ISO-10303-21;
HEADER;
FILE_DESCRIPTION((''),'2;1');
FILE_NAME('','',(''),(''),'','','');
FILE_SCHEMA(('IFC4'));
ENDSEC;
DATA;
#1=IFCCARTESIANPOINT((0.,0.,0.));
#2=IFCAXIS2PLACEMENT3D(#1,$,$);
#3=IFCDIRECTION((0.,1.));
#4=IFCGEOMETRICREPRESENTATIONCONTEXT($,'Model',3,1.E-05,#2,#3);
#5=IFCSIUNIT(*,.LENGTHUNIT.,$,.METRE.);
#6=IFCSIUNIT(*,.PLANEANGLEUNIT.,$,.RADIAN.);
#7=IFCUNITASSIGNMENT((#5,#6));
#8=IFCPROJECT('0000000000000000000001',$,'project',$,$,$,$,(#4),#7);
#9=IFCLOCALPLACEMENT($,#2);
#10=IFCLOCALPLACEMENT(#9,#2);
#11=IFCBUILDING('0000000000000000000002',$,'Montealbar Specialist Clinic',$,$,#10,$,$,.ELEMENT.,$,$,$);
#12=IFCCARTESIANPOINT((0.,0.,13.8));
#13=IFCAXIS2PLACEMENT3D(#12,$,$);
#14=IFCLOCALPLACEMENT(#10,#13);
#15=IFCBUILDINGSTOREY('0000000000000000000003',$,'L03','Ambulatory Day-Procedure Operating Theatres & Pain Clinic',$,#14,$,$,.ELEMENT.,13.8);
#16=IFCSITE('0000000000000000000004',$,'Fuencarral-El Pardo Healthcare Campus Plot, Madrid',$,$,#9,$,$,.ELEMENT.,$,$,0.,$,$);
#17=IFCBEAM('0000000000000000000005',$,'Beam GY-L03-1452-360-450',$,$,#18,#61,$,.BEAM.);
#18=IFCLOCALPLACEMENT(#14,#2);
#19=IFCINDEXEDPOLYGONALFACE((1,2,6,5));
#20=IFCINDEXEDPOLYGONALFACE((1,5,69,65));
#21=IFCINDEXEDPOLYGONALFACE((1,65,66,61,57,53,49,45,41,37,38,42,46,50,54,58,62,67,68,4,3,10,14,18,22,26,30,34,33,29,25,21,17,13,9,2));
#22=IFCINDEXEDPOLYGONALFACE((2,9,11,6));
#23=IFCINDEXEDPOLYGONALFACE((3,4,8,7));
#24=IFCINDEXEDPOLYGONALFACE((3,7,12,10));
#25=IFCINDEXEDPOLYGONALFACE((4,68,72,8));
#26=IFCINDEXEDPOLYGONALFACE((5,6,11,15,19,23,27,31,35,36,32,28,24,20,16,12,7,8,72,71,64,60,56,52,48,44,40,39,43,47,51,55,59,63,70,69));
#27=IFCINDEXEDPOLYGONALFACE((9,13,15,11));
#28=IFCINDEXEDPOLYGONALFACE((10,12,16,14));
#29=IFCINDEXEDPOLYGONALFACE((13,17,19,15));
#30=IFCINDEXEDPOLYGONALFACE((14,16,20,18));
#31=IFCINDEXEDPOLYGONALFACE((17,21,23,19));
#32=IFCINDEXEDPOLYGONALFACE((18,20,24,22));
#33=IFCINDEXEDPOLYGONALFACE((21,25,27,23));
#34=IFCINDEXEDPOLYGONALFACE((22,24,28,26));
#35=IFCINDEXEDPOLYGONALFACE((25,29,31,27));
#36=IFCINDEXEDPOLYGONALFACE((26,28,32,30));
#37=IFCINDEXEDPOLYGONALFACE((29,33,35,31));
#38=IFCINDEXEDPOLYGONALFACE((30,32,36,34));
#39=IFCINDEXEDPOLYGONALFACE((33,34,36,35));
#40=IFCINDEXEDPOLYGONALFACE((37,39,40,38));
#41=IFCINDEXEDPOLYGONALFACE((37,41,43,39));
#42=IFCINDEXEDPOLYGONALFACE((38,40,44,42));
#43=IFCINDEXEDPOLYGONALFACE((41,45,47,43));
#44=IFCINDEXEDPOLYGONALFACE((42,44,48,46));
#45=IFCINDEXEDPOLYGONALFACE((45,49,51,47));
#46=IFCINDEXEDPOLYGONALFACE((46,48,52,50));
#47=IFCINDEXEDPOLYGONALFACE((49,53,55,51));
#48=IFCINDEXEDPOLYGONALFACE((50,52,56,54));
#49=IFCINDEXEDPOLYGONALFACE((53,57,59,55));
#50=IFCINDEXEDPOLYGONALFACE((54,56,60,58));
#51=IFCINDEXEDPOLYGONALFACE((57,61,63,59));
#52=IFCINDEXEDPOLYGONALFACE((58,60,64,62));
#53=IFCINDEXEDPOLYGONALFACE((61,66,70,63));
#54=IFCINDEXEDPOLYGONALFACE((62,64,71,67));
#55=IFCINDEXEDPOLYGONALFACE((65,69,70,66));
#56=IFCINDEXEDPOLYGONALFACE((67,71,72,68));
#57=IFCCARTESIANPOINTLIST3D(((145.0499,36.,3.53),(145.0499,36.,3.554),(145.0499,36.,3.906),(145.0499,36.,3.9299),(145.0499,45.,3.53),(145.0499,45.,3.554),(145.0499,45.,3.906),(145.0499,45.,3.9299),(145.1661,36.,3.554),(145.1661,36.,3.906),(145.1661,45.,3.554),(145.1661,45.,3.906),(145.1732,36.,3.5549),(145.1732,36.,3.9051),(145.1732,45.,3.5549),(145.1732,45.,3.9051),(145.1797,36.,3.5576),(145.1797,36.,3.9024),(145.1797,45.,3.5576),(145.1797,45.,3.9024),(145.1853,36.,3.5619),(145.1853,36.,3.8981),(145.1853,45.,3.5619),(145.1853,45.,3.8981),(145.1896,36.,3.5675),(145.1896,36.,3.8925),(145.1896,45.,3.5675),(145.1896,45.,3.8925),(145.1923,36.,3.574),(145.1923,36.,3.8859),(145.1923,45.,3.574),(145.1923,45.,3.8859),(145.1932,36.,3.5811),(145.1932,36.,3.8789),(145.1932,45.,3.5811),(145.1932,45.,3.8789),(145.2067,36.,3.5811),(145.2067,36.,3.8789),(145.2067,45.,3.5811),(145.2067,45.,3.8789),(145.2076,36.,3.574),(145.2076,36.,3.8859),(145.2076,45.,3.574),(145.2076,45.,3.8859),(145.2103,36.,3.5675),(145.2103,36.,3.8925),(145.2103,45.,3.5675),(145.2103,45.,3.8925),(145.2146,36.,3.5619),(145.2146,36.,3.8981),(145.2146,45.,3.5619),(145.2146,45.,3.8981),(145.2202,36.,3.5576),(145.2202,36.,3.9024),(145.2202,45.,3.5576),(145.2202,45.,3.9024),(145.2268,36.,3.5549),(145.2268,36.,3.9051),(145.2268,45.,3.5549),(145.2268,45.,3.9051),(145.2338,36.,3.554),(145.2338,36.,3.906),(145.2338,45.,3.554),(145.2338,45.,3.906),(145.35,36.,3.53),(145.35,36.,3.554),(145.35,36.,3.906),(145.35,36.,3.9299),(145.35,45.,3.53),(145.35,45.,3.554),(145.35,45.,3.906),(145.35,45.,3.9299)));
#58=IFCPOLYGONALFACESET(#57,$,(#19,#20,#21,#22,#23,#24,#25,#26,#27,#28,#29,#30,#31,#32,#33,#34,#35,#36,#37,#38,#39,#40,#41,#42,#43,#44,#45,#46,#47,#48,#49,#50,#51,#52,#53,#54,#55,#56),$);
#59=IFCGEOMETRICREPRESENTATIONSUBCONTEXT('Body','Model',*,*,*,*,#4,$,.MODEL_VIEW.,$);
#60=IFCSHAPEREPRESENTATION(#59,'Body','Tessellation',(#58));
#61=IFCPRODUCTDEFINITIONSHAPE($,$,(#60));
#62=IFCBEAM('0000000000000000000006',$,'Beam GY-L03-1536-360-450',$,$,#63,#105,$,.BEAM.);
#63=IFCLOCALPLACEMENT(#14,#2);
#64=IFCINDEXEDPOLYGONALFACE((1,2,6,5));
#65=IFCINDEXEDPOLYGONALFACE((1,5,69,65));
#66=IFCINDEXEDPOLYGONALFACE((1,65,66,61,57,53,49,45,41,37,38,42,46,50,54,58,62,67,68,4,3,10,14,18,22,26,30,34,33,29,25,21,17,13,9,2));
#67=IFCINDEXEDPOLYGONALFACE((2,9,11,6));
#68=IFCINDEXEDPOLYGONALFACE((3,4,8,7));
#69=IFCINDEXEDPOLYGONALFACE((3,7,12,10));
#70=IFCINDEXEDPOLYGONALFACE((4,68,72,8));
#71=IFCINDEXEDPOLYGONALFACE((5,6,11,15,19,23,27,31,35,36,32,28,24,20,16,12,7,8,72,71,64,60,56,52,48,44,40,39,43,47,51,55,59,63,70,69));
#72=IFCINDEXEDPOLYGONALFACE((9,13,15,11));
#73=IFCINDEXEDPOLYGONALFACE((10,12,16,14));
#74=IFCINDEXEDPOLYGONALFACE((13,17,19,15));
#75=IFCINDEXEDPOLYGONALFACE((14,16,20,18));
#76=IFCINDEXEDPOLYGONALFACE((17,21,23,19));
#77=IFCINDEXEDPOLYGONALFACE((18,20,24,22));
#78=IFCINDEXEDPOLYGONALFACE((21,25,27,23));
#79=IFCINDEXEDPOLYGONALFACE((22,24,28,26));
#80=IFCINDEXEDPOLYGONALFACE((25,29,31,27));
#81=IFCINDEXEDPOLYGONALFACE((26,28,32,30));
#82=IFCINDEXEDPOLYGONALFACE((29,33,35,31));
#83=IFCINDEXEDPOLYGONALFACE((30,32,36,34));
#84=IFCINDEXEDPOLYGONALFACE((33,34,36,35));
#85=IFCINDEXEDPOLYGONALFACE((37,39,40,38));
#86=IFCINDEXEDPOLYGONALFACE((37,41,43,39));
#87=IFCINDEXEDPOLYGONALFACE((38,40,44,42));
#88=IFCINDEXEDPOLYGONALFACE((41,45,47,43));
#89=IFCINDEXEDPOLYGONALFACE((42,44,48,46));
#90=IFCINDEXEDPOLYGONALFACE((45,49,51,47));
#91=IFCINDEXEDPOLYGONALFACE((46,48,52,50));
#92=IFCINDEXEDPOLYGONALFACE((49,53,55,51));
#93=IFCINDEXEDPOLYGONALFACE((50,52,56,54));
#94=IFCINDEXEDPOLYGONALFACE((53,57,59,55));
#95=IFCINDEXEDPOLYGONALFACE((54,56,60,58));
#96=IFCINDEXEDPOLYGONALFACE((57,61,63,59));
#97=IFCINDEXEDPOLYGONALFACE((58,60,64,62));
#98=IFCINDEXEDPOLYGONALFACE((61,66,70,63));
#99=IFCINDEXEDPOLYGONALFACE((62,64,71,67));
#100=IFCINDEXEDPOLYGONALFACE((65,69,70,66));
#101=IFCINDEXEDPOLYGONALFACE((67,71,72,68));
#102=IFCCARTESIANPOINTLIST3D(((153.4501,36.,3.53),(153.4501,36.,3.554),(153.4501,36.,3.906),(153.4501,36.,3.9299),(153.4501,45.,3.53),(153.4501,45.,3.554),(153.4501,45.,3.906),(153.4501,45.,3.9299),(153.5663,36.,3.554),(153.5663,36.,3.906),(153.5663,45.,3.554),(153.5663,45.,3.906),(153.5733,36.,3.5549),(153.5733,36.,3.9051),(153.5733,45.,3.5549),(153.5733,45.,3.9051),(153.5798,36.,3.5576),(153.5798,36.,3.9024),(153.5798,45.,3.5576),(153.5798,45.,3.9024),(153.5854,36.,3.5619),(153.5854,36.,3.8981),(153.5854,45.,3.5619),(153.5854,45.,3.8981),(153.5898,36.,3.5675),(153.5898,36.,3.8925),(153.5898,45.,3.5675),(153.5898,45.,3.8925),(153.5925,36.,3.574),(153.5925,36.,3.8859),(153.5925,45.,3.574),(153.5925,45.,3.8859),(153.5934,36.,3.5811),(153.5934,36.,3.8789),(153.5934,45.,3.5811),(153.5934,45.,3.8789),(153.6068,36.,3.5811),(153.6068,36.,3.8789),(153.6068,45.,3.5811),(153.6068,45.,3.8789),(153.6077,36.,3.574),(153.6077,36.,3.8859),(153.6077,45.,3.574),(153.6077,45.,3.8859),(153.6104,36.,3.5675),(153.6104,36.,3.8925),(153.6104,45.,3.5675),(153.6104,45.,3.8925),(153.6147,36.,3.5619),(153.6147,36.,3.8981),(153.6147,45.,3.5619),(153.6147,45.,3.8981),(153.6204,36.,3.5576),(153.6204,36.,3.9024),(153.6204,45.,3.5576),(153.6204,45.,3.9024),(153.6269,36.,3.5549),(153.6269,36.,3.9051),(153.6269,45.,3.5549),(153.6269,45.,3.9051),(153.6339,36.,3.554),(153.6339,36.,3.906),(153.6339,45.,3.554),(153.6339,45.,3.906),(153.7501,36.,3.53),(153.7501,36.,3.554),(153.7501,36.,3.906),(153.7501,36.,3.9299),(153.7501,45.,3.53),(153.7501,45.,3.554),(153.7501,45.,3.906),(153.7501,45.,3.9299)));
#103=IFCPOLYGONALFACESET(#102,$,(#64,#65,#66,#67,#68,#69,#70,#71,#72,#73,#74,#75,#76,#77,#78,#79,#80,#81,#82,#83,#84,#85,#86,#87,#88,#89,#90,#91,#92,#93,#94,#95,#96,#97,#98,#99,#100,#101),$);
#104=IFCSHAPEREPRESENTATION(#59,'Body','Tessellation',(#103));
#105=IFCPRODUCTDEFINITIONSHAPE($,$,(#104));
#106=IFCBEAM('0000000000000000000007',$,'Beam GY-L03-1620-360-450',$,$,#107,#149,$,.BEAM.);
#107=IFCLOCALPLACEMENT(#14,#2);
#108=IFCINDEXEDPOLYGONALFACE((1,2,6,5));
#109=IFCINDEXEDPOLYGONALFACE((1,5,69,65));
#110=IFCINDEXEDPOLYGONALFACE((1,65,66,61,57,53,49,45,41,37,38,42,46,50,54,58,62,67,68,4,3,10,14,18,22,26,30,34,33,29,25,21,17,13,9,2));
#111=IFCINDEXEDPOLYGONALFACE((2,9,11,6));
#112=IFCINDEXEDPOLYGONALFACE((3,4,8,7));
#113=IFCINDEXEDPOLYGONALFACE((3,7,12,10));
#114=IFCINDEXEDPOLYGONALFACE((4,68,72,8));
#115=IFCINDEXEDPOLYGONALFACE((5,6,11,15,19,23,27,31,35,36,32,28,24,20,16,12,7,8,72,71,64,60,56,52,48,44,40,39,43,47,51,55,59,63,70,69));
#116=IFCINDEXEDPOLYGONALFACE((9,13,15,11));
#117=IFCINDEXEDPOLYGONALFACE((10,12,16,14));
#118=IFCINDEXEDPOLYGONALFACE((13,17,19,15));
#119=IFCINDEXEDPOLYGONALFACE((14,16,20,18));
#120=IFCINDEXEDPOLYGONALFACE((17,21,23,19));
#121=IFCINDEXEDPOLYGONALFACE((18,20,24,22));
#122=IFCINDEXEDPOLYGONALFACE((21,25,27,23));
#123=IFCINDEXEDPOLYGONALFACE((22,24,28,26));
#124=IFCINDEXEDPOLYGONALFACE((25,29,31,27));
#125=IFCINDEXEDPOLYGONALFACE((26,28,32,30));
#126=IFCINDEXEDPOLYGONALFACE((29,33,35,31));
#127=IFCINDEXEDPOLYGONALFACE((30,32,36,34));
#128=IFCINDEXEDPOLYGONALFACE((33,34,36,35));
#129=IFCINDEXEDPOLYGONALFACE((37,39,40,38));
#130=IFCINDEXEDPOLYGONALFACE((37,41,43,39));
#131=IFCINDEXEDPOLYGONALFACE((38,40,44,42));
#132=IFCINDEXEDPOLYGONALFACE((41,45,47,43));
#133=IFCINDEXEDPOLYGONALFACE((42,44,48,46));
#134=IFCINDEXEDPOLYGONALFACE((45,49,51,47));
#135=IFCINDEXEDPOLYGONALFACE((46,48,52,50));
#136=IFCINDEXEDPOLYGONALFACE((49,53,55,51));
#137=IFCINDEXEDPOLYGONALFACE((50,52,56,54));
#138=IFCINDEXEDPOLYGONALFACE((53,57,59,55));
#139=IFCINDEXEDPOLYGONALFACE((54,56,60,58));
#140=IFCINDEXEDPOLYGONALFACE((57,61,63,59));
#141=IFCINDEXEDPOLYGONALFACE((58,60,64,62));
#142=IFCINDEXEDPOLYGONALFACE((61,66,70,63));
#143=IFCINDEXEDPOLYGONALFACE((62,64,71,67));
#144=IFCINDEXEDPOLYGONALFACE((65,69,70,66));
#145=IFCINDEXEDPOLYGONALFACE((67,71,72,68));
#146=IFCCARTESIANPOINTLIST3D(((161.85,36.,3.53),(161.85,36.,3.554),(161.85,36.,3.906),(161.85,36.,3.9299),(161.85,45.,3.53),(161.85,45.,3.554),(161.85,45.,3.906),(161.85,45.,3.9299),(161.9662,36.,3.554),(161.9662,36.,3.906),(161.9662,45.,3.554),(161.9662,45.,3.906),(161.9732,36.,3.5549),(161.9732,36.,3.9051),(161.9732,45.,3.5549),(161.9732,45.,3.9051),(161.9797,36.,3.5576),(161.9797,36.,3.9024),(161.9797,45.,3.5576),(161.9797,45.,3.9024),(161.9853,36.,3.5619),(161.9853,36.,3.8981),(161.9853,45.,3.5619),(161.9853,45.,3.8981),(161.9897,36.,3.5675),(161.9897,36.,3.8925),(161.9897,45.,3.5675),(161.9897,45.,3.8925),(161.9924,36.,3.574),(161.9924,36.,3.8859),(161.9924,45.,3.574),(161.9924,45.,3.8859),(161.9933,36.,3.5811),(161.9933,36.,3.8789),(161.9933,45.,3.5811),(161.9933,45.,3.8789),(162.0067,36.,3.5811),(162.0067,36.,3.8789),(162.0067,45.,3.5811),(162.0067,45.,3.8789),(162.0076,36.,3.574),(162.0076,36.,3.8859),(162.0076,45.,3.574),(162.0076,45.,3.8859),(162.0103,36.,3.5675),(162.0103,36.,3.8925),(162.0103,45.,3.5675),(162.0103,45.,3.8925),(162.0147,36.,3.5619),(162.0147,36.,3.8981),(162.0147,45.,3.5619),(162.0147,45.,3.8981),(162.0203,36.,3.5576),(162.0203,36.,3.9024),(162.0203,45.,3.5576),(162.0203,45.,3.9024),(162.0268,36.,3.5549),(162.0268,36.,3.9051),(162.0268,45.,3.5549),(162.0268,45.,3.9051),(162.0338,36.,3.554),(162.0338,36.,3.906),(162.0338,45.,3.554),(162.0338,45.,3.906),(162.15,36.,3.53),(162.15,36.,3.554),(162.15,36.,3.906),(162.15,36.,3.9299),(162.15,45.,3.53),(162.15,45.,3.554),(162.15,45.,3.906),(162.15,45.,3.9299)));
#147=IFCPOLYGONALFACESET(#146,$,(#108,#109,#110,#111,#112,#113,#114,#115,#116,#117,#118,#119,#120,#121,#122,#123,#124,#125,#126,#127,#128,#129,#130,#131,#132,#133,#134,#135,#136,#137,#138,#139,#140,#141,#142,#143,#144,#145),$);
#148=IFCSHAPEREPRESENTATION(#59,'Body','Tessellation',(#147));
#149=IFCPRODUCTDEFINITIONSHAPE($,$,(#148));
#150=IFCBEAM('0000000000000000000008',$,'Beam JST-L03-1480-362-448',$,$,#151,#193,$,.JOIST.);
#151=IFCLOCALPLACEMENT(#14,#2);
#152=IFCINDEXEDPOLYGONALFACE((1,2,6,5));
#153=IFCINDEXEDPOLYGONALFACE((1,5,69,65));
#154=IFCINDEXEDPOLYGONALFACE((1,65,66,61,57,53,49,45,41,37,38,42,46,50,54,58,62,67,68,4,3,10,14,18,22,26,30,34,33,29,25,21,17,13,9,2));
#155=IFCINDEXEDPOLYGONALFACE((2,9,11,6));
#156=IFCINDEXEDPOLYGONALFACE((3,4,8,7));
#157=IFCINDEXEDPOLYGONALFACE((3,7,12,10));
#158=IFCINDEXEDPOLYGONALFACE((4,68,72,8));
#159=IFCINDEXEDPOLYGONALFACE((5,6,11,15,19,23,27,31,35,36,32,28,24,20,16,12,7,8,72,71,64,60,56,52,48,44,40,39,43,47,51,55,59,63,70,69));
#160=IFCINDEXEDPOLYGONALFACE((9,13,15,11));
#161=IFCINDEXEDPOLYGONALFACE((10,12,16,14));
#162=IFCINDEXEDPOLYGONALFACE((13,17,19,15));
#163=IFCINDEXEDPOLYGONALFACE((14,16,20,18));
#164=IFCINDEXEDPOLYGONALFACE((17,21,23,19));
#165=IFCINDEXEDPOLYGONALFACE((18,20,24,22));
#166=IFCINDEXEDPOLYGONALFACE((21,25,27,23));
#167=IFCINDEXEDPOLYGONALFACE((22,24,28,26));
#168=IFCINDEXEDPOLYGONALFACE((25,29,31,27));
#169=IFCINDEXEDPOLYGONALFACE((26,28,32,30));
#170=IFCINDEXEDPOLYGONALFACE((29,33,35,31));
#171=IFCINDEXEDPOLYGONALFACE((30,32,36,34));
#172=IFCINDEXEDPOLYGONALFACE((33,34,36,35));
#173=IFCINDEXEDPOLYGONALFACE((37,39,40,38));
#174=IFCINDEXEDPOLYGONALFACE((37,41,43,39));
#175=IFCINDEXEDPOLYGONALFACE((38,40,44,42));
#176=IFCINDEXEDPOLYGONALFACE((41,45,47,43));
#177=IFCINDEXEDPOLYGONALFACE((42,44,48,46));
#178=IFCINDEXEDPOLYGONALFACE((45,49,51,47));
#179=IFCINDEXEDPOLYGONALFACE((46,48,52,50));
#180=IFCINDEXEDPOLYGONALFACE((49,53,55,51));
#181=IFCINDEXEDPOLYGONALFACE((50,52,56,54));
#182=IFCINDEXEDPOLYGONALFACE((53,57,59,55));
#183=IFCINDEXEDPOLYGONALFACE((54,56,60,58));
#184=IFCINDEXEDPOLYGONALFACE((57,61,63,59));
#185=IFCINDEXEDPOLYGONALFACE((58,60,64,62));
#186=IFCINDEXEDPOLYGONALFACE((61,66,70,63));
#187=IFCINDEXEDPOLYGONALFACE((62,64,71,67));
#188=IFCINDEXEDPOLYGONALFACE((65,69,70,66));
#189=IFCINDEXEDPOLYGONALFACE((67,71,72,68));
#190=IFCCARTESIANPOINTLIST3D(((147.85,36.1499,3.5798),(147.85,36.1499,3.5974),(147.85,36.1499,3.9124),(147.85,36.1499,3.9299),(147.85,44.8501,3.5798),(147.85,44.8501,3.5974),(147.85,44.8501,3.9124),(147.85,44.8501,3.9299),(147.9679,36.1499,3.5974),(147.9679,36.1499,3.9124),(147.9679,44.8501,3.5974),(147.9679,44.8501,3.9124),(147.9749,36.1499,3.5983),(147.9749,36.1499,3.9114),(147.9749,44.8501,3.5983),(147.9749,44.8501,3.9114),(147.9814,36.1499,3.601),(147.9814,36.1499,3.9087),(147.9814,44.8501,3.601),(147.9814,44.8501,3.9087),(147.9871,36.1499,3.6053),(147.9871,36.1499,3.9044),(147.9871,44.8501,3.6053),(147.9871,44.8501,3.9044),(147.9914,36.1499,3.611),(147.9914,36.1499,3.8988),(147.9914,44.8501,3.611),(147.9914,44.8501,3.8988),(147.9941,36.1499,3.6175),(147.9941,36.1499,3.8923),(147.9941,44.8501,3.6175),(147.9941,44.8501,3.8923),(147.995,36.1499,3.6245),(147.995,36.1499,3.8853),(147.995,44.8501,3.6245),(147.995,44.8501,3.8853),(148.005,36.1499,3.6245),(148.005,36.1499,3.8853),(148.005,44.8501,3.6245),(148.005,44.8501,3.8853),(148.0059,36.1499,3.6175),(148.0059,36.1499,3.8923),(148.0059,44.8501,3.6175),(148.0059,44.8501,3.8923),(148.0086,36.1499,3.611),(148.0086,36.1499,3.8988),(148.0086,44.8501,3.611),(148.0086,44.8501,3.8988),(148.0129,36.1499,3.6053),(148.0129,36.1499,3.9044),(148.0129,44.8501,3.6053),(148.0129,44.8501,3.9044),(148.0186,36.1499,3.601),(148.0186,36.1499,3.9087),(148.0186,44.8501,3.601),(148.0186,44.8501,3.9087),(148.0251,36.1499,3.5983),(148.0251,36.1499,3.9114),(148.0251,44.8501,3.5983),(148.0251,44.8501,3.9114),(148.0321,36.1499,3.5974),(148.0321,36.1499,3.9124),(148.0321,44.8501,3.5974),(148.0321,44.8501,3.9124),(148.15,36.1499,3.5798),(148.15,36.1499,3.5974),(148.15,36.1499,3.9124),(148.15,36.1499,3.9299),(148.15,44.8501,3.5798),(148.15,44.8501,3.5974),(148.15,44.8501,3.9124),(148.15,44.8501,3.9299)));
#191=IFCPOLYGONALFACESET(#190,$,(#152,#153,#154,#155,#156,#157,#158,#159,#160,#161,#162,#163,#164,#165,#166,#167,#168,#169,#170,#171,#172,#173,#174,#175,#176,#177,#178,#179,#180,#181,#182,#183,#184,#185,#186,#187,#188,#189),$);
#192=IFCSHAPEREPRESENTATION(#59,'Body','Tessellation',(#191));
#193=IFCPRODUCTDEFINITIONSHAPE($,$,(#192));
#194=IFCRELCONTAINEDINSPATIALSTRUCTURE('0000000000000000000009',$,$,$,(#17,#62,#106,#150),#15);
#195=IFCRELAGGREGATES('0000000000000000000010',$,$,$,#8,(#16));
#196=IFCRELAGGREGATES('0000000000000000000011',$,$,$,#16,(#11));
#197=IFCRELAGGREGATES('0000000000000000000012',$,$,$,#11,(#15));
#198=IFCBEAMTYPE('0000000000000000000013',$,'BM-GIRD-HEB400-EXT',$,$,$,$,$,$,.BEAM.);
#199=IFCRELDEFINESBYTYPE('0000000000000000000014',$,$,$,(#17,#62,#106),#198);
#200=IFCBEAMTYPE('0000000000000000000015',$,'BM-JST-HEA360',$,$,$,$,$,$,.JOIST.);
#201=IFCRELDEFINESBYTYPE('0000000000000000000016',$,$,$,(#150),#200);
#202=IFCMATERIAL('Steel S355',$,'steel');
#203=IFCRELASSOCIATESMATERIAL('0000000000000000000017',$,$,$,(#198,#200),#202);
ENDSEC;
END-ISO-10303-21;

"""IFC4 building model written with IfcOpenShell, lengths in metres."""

from ifc_helpers import new_model, si_unit, direction, frame, origin, origin_2d, place, context, subcontext, project, spatial, i_section, extrude, material, material_profile, profile_set, type_object, element, save


model = new_model("IFC4")

# Units and contexts
model_context = context("Model", 3, precision=1e-05, world=origin(), true_north=direction((0.0, 1.0)))
body_context = subcontext(model_context, "Body", "Model", "MODEL_VIEW")
ifc_project = project(units=[si_unit("LENGTHUNIT", "METRE"), si_unit("PLANEANGLEUNIT", "RADIAN")], contexts=[model_context])

# Site, building, storey
site_placement = place(None, origin())
site = spatial("IfcSite", under=ifc_project, at=site_placement, Name="Fuencarral-El Pardo Healthcare Campus Plot, Madrid", CompositionType="ELEMENT", RefElevation=0.0)
building_placement = place(site_placement, origin())
building = spatial("IfcBuilding", under=site, at=building_placement, Name="Montealbar Specialist Clinic", CompositionType="ELEMENT")
storey_placement = place(building_placement, frame((0.0, 0.0, 13.8)))
storey = spatial("IfcBuildingStorey", under=building, at=storey_placement, Name="L03", Description="Ambulatory Day-Procedure Operating Theatres & Pain Clinic", CompositionType="ELEMENT", Elevation=13.8)

# Shared definitions
ifc_material_1 = material(Name="Steel S355", Category="steel")

# Beams
ifc_material_profile_1 = material_profile(ifc_material_1, i_section(OverallWidth=0.3, OverallDepth=0.3999, WebThickness=0.0134, FlangeThickness=0.0239, FilletRadius=0.0271, at=origin_2d()), Name="HEB 400", Category="steel")
ifc_profile_set_1 = profile_set([ifc_material_profile_1], Name="Steel S355")
beam_type_1 = type_object("IfcBeamType", Name="BM-GIRD-HEB400-EXT", PredefinedType="BEAM", material=ifc_profile_set_1)
for number, where, z_axis, x_axis, name in (
    (1, (145.2, 36.0, 3.73), (0.0, 1.0, 0.0), (-1.0, 0.0, 0.0), "Beam GY-L03-1452-360-450"),
    (2, (153.6001, 36.0, 3.73), (0.0, 1.0, 0.0), (-1.0, 0.0, 0.0), "Beam GY-L03-1536-360-450"),
    (3, (162.0, 36.0, 3.73), (0.0, 1.0, 0.0), (-1.0, 0.0, 0.0), "Beam GY-L03-1620-360-450"),
):
    element("IfcBeam", number, at=place(storey_placement, frame(where, z_axis=z_axis, x_axis=x_axis)), inside=storey, type_object=beam_type_1, Name=name, PredefinedType="BEAM", context=body_context, shape_type="SweptSolid", body=[
        extrude(i_section(OverallWidth=0.3, OverallDepth=0.3999, WebThickness=0.0134, FlangeThickness=0.0239, FilletRadius=0.0271, at=origin_2d()), origin(), (0.0, 0.0, 1.0), 9.0),
    ])
ifc_material_profile_2 = material_profile(ifc_material_1, i_section(OverallWidth=0.3, OverallDepth=0.3501, WebThickness=0.01, FlangeThickness=0.0176, FilletRadius=0.0271, at=origin_2d()), Name="HEA 360", Category="steel")
ifc_profile_set_2 = profile_set([ifc_material_profile_2], Name="Steel S355")
beam_type_2 = type_object("IfcBeamType", Name="BM-JST-HEA360", PredefinedType="JOIST", material=ifc_profile_set_2)
beam_1_placement = place(storey_placement, frame((148.0, 36.1499, 3.7549), z_axis=(0.0, 1.0, 0.0), x_axis=(-1.0, 0.0, 0.0)))
element("IfcBeam", 4, at=beam_1_placement, inside=storey, type_object=beam_type_2, Name="Beam JST-L03-1480-362-448", PredefinedType="JOIST", context=body_context, shape_type="SweptSolid", body=[
    extrude(i_section(OverallWidth=0.3, OverallDepth=0.3501, WebThickness=0.01, FlangeThickness=0.0176, FilletRadius=0.0271, at=origin_2d()), origin(), (0.0, 0.0, 1.0), 8.7002),
])

save(model, "model.ifc")
